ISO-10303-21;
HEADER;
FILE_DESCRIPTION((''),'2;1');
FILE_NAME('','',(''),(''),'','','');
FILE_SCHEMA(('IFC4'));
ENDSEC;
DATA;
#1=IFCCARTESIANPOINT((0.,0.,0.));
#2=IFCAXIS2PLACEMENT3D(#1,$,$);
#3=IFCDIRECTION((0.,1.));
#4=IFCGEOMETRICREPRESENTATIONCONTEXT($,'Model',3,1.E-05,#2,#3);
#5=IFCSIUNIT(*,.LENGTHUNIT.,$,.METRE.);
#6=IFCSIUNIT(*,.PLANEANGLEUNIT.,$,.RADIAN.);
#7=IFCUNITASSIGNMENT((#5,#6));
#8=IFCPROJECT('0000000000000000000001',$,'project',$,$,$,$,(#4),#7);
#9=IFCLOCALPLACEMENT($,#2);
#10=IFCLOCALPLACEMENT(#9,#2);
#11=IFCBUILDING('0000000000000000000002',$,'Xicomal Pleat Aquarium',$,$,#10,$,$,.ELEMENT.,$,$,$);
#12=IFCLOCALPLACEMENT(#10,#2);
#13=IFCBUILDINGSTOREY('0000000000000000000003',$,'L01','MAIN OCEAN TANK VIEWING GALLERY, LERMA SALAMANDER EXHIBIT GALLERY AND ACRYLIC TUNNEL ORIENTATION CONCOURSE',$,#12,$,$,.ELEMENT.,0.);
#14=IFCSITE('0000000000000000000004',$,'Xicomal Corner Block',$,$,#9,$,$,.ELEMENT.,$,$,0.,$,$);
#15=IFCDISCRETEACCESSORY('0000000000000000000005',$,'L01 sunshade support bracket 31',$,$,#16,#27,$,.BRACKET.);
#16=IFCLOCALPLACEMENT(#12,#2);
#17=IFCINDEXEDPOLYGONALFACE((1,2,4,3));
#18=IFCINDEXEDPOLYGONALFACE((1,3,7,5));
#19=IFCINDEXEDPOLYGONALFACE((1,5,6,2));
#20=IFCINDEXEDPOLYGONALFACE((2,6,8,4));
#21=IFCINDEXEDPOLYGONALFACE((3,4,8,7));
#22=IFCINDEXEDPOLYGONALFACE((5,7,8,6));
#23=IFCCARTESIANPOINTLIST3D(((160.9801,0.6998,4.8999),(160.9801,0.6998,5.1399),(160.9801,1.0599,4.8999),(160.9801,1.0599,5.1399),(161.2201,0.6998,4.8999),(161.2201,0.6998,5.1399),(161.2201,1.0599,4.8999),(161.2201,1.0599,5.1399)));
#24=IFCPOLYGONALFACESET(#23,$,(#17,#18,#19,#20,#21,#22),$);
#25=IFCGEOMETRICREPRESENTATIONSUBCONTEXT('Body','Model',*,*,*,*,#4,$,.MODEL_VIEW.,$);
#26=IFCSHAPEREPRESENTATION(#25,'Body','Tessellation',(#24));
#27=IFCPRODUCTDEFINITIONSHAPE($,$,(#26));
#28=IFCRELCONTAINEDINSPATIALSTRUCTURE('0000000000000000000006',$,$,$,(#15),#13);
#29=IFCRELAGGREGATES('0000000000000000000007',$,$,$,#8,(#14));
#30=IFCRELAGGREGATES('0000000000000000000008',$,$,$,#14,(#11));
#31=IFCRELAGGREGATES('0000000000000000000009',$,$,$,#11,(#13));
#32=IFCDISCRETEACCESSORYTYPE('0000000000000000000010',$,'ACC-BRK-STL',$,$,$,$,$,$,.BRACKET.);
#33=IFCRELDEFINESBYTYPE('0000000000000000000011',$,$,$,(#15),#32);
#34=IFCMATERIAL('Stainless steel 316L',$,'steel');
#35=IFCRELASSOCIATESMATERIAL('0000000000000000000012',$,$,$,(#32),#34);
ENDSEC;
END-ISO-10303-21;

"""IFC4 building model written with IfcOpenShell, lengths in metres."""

from ifc_helpers import new_model, si_unit, direction, frame, origin, origin_2d, place, context, subcontext, project, spatial, rectangle, extrude, material, type_object, element, save


model = new_model("IFC4")

# Units and contexts
model_context = context("Model", 3, precision=1e-05, world=origin(), true_north=direction((0.0, 1.0)))
body_context = subcontext(model_context, "Body", "Model", "MODEL_VIEW")
ifc_project = project(units=[si_unit("LENGTHUNIT", "METRE"), si_unit("PLANEANGLEUNIT", "RADIAN")], contexts=[model_context])

# Site, building, storey
site_placement = place(None, origin())
site = spatial("IfcSite", under=ifc_project, at=site_placement, Name="Xicomal Corner Block", CompositionType="ELEMENT", RefElevation=0.0)
building_placement = place(site_placement, origin())
building = spatial("IfcBuilding", under=site, at=building_placement, Name="Xicomal Pleat Aquarium", CompositionType="ELEMENT")
storey_placement = place(building_placement, origin())
storey = spatial("IfcBuildingStorey", under=building, at=storey_placement, Name="L01", Description="MAIN OCEAN TANK VIEWING GALLERY, LERMA SALAMANDER EXHIBIT GALLERY AND ACRYLIC TUNNEL ORIENTATION CONCOURSE", CompositionType="ELEMENT", Elevation=0.0)

# Discrete accessory
ifc_material_1 = material(Name="Stainless steel 316L", Category="steel")
discrete_accessory_type = type_object("IfcDiscreteAccessoryType", Name="ACC-BRK-STL", PredefinedType="BRACKET", material=ifc_material_1)
discrete_accessory_placement = place(storey_placement, frame((161.1001, 0.8799, 4.8999), z_axis=(0.0, 0.0, 1.0), x_axis=(-1.0, 0.0, 0.0)))
element("IfcDiscreteAccessory", 1, at=discrete_accessory_placement, inside=storey, type_object=discrete_accessory_type, Name="L01 sunshade support bracket 31", PredefinedType="BRACKET", context=body_context, shape_type="SweptSolid", body=[
    extrude(rectangle(XDim=0.24, YDim=0.3601, at=origin_2d()), origin(), (0.0, 0.0, 1.0), 0.24),
])

save(model, "model.ifc")
